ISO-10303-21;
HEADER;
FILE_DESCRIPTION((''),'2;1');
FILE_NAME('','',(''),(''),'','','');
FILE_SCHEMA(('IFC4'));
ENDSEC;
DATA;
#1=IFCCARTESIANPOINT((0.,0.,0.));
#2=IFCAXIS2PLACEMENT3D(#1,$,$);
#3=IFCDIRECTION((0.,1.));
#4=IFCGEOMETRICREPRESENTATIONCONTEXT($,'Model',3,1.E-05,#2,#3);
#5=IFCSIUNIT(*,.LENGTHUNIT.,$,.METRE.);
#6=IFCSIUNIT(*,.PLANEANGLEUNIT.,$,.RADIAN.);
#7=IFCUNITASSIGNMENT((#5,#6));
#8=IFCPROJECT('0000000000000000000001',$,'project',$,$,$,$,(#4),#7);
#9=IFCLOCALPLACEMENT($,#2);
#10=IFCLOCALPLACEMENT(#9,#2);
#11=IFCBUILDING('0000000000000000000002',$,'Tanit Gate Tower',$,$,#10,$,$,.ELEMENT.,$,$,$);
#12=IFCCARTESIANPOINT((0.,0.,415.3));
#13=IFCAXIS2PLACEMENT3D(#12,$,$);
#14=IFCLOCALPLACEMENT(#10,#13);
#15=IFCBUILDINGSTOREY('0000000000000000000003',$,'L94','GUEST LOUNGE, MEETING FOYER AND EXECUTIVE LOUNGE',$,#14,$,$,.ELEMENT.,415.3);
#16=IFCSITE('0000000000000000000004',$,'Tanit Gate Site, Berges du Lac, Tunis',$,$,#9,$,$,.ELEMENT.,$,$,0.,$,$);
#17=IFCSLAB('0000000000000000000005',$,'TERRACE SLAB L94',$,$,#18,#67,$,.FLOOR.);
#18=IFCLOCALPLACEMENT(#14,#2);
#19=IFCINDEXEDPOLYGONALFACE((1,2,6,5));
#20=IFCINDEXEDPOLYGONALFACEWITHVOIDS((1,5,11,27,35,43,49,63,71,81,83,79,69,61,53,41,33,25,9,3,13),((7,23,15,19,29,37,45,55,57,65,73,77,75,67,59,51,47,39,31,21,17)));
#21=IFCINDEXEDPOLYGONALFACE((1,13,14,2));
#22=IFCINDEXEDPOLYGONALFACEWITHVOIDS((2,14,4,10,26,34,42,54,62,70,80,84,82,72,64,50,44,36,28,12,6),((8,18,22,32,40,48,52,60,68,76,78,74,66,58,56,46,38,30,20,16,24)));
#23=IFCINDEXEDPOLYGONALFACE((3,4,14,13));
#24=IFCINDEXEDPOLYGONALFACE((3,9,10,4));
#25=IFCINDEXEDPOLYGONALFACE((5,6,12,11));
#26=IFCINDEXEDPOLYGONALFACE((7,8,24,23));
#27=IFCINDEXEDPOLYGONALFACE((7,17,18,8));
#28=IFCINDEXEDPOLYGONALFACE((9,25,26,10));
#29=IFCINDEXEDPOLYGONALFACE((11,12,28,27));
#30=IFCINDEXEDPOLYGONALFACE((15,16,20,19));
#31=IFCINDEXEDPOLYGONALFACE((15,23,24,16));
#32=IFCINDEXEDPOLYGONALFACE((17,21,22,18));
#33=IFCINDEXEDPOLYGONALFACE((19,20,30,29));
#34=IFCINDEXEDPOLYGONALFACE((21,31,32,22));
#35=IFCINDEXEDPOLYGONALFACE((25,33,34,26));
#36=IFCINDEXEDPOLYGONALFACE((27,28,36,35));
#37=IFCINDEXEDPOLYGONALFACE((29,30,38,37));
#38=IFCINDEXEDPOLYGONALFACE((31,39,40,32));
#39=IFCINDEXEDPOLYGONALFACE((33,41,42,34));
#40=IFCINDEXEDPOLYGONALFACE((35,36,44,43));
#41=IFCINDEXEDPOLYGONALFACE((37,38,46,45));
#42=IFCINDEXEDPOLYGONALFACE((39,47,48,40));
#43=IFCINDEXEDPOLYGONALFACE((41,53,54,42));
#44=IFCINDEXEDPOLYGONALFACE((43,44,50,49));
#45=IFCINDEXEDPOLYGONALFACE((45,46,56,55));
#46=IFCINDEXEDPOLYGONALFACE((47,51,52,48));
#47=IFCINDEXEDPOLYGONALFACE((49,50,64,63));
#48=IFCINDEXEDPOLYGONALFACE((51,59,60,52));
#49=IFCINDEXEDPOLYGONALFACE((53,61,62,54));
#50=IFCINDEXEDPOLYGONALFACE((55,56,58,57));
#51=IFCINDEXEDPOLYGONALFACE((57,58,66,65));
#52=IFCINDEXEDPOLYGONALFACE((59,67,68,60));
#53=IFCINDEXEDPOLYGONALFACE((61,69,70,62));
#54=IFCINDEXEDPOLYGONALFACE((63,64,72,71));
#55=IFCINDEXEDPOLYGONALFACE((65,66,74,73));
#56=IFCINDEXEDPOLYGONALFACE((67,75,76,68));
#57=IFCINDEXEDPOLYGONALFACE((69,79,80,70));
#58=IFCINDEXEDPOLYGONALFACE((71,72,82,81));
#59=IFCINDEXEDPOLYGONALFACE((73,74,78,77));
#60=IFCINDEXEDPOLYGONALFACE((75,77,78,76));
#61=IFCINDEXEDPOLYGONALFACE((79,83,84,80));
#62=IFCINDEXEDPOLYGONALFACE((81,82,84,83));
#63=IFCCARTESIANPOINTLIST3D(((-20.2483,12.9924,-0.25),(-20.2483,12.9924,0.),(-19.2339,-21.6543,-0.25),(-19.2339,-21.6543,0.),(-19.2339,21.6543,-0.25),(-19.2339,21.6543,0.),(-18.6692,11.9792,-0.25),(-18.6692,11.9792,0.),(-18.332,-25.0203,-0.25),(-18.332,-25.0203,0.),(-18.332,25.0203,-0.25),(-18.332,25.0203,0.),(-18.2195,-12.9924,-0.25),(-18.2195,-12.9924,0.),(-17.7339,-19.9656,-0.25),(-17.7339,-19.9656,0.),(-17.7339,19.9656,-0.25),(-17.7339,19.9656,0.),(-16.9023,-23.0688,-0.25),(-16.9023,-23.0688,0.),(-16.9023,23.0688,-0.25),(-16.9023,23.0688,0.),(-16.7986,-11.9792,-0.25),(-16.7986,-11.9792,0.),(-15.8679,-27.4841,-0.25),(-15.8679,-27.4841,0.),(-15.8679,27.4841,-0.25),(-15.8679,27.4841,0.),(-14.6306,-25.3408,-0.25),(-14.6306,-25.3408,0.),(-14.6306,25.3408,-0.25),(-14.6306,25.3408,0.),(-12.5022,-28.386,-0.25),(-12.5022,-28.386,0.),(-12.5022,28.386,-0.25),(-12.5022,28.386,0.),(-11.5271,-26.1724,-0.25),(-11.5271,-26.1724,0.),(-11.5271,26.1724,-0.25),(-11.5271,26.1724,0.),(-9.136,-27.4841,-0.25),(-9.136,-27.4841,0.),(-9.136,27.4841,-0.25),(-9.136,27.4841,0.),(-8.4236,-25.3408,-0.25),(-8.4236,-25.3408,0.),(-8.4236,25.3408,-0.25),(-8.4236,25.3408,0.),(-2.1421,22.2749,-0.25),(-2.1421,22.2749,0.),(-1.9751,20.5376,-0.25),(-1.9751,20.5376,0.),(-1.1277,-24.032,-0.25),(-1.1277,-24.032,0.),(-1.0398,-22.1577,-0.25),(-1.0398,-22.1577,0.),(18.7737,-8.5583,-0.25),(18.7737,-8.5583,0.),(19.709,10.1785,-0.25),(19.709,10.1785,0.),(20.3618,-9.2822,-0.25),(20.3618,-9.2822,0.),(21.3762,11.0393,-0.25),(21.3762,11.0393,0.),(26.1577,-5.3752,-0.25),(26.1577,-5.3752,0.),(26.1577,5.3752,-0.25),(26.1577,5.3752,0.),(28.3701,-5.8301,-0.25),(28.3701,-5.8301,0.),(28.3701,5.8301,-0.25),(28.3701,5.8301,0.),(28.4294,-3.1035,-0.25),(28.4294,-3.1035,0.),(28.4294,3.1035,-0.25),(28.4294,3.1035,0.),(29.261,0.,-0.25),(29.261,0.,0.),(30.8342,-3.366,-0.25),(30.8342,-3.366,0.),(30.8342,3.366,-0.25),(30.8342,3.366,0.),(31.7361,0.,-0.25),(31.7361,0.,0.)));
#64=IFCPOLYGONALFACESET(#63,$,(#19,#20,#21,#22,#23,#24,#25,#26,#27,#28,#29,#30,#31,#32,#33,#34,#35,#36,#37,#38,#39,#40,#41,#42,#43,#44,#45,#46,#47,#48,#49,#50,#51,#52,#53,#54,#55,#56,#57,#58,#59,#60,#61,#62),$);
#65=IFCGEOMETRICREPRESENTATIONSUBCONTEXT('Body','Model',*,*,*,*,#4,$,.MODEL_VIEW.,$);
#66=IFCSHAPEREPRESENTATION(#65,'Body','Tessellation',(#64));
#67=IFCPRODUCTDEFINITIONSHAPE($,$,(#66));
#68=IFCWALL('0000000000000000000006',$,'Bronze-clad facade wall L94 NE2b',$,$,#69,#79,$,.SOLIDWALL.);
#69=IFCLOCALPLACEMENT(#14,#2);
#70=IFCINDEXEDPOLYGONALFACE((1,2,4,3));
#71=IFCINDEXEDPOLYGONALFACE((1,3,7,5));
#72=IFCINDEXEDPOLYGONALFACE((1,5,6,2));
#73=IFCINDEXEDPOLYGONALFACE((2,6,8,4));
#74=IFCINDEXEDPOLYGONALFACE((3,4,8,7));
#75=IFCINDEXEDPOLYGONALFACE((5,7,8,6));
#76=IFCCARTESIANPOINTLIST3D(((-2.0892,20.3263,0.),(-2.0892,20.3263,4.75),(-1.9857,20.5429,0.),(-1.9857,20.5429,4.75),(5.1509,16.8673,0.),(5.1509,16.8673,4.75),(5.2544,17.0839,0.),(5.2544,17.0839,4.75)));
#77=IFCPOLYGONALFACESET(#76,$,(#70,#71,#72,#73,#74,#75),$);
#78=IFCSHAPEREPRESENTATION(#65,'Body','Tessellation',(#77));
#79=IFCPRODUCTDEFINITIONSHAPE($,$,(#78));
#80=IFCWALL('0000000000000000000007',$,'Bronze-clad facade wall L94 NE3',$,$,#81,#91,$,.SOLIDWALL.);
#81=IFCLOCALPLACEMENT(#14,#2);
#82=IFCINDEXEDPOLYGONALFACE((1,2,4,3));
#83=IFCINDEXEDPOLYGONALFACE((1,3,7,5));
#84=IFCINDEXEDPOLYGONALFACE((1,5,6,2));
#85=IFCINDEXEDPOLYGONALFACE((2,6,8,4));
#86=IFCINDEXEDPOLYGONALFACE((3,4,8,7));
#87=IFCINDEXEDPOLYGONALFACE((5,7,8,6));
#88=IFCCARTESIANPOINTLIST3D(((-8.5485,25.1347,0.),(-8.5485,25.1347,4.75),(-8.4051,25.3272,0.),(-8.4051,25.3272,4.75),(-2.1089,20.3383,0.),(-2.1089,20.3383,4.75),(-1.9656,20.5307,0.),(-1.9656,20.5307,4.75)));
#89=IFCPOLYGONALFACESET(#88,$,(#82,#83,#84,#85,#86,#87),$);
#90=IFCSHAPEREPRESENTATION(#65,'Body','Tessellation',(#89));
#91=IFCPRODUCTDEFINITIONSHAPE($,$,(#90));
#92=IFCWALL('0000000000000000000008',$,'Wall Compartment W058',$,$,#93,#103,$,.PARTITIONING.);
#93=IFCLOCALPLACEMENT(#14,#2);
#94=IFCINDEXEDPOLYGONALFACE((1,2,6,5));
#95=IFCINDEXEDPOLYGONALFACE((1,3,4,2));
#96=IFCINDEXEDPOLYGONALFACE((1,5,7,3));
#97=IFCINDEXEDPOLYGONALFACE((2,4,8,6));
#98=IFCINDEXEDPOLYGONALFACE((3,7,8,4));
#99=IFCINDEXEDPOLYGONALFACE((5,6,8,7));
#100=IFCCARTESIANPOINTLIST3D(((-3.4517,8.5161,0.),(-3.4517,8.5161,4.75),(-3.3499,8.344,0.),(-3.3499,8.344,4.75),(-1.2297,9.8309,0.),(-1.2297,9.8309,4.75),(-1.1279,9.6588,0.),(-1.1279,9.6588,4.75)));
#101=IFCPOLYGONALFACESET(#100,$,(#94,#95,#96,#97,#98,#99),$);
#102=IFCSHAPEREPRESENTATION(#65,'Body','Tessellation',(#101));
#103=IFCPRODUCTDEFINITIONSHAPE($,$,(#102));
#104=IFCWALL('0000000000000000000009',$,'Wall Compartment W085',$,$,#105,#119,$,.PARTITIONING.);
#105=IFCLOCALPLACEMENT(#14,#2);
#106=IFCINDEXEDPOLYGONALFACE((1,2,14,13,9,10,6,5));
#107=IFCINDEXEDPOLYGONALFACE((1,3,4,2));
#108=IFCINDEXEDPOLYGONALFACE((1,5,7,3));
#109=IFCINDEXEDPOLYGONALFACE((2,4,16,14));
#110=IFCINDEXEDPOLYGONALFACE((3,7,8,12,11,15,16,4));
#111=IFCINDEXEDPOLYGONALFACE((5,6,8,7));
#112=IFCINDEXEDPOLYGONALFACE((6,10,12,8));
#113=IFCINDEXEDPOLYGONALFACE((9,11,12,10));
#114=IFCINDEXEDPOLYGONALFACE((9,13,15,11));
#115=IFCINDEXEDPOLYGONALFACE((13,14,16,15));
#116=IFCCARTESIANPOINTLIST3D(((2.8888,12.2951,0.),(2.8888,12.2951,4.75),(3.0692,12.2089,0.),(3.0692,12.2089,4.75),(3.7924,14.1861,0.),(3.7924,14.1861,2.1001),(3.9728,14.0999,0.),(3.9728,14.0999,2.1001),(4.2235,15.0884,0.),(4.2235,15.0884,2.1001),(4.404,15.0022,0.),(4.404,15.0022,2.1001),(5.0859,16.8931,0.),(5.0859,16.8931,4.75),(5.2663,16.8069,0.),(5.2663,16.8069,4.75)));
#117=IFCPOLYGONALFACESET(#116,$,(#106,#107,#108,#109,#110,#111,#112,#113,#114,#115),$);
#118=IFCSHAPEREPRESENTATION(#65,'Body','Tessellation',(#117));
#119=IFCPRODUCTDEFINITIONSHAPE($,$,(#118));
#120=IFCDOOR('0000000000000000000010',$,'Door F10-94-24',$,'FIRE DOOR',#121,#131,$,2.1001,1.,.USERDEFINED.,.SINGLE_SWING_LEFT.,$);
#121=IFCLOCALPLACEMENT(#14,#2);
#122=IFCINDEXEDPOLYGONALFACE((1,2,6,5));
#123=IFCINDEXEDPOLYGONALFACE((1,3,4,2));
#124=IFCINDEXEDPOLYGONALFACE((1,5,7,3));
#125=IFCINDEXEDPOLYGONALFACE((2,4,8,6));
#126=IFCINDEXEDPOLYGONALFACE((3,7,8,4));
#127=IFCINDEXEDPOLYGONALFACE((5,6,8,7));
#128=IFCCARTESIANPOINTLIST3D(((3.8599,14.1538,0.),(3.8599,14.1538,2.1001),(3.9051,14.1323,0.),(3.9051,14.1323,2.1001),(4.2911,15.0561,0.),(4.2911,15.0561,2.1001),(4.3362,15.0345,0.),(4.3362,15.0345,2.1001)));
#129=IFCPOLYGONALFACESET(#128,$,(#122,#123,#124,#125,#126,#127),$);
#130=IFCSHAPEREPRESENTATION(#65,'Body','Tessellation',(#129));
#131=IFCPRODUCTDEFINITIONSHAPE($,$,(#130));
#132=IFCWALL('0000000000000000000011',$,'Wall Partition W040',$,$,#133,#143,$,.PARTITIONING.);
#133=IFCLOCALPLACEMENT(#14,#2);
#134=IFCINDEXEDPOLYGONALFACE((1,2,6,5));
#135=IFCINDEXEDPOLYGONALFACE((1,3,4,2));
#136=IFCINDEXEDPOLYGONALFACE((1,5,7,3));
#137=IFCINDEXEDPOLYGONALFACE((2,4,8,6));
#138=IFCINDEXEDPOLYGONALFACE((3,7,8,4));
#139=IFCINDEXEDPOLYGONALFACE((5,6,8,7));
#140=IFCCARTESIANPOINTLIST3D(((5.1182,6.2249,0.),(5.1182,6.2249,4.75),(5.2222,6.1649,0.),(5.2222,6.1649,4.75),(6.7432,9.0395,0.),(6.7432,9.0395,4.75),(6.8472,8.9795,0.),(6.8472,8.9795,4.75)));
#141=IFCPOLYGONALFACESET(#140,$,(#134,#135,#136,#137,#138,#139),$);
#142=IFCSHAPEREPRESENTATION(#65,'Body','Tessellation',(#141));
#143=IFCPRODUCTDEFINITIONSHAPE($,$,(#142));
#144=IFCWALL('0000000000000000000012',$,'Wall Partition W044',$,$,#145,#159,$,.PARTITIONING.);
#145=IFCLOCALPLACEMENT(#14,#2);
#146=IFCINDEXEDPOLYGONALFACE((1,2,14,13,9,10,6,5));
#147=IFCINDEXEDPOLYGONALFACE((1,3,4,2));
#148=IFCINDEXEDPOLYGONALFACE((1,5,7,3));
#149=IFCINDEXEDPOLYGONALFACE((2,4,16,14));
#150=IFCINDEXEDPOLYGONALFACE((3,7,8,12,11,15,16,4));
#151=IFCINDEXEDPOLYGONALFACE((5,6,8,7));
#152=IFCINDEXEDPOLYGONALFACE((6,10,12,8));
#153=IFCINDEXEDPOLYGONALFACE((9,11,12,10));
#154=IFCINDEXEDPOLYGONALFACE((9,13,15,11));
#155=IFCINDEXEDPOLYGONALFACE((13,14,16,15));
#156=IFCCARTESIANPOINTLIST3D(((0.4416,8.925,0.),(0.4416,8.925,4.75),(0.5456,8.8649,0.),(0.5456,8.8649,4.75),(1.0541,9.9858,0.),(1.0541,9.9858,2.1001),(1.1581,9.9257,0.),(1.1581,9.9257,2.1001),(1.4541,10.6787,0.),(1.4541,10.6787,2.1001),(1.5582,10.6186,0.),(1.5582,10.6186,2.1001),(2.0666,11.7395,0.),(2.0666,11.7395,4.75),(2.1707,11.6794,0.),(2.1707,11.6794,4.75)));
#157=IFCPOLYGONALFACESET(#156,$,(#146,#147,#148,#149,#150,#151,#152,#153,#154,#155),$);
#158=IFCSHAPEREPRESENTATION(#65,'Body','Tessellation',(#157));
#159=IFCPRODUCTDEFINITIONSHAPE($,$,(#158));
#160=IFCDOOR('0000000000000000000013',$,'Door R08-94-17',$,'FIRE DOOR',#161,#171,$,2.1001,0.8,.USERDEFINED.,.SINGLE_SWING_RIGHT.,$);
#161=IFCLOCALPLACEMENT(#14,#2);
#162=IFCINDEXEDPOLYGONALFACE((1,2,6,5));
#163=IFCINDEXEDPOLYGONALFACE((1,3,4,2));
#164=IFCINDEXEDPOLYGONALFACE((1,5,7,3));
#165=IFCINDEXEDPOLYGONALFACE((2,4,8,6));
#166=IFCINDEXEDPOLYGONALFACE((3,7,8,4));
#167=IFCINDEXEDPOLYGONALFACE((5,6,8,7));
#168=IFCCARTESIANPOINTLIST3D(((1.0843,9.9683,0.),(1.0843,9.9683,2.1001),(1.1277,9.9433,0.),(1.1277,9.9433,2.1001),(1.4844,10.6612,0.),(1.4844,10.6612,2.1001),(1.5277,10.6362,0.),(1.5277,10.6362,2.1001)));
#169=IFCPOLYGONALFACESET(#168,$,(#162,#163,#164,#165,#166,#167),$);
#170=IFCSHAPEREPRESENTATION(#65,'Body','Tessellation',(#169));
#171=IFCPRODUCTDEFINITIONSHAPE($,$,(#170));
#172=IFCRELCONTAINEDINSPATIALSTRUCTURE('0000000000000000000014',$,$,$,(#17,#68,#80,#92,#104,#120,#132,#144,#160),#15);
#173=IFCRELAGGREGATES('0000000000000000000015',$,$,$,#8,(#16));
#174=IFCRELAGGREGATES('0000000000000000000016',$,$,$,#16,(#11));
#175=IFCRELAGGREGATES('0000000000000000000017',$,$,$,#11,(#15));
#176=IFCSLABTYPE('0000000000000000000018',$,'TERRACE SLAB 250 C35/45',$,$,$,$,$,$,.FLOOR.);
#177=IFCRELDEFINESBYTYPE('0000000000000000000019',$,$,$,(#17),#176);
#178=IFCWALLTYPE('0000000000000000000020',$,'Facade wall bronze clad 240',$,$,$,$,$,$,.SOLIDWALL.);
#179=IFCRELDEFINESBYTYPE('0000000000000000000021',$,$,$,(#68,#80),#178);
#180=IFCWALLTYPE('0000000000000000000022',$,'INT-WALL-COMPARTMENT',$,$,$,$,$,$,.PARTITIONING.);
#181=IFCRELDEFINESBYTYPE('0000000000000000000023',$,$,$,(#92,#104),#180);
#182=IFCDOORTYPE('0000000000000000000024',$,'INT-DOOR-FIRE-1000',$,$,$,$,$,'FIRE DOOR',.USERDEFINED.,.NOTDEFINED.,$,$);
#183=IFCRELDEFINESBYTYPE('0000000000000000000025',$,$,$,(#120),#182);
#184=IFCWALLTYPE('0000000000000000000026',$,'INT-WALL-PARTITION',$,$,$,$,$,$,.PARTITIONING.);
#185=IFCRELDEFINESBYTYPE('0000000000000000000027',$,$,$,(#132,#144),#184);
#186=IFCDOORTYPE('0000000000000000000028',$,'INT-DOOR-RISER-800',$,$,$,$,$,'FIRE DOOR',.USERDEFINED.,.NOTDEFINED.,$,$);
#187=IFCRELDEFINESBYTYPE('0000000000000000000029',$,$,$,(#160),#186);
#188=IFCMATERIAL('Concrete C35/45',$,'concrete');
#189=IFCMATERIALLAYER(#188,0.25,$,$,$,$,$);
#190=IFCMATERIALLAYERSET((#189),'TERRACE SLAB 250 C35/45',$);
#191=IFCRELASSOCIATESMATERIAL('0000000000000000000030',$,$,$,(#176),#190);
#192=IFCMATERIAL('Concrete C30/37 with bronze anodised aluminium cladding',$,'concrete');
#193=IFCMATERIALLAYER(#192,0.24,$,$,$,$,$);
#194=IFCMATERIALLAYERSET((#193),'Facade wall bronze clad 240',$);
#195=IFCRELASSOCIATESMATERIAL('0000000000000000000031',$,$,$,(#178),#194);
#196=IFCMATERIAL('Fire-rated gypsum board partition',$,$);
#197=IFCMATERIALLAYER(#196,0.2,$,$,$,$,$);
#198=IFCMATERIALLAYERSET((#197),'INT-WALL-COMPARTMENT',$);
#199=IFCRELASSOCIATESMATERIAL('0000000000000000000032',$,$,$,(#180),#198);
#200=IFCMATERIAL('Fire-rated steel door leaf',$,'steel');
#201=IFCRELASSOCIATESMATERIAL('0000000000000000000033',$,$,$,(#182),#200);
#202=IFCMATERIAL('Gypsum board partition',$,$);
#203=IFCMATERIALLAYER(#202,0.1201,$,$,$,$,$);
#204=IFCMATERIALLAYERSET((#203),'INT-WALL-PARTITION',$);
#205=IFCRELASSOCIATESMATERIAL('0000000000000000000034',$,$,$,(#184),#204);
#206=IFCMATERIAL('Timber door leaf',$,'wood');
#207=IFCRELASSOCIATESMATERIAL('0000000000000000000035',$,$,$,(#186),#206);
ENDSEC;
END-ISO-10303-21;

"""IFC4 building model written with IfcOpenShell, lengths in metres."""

from ifc_helpers import new_model, si_unit, direction, frame, frame_2d, origin, place, context, subcontext, project, spatial, polyline, rectangle, outline, extrude, material, layer, layer_set, type_object, element, fill, save


model = new_model("IFC4")

# Units and contexts
model_context = context("Model", 3, precision=1e-05, world=origin(), true_north=direction((0.0, 1.0)))
body_context = subcontext(model_context, "Body", "Model", "MODEL_VIEW")
ifc_project = project(units=[si_unit("LENGTHUNIT", "METRE"), si_unit("PLANEANGLEUNIT", "RADIAN")], contexts=[model_context])

# Site, building, storey
site_placement = place(None, origin())
site = spatial("IfcSite", under=ifc_project, at=site_placement, Name="Tanit Gate Site, Berges du Lac, Tunis", CompositionType="ELEMENT", RefElevation=0.0)
building_placement = place(site_placement, origin())
building = spatial("IfcBuilding", under=site, at=building_placement, Name="Tanit Gate Tower", CompositionType="ELEMENT")
storey_placement = place(building_placement, frame((0.0, 0.0, 415.3)))
storey = spatial("IfcBuildingStorey", under=building, at=storey_placement, Name="L94", Description="GUEST LOUNGE, MEETING FOYER AND EXECUTIVE LOUNGE", CompositionType="ELEMENT", Elevation=415.3)

# Slab
ifc_material_1 = material(Name="Concrete C35/45", Category="concrete")
ifc_layer_1 = layer(ifc_material_1, 0.25)
ifc_layer_set_1 = layer_set([ifc_layer_1], Name="TERRACE SLAB 250 C35/45")
slab_type_1 = type_object("IfcSlabType", Name="TERRACE SLAB 250 C35/45", PredefinedType="FLOOR", material=ifc_layer_set_1)
slab_1_placement = place(storey_placement, frame((0.0, 0.0, -0.25)))
element("IfcSlab", 1, at=slab_1_placement, inside=storey, type_object=slab_type_1, Name="TERRACE SLAB L94", PredefinedType="FLOOR", context=body_context, shape_type="SweptSolid", body=[
    extrude(outline(polyline([(30.8342, 3.366), (31.7361, 0.0), (30.8342, -3.366), (28.3701, -5.8301), (20.3618, -9.2822), (-1.1277, -24.032), (-9.136, -27.4841), (-12.5022, -28.386), (-15.8679, -27.4841), (-18.332, -25.0203), (-19.2339, -21.6543), (-18.2195, -12.9924), (-20.2483, 12.9924), (-19.2339, 21.6543), (-18.332, 25.0203), (-15.8679, 27.4841), (-12.5022, 28.386), (-9.136, 27.4841), (-2.1421, 22.2749), (21.3762, 11.0393), (28.3701, 5.8301), (30.8342, 3.366)]), holes=[polyline([(19.709, 10.1785), (-1.9751, 20.5376), (-8.4236, 25.3408), (-11.5271, 26.1724), (-14.6306, 25.3408), (-16.9023, 23.0688), (-17.7339, 19.9656), (-18.6692, 11.9792), (-16.7986, -11.9792), (-17.7339, -19.9656), (-16.9023, -23.0688), (-14.6306, -25.3408), (-11.5271, -26.1724), (-8.4236, -25.3408), (-1.0398, -22.1577), (18.7737, -8.5583), (26.1577, -5.3752), (28.4294, -3.1035), (29.261, 0.0), (28.4294, 3.1035), (26.1577, 5.3752), (19.709, 10.1785)])]), origin(), (0.0, 0.0, 1.0), 0.25),
])

# Walls
ifc_material_2 = material(Name="Concrete C30/37 with bronze anodised aluminium cladding", Category="concrete")
ifc_layer_2 = layer(ifc_material_2, 0.24)
ifc_layer_set_2 = layer_set([ifc_layer_2], Name="Facade wall bronze clad 240")
wall_type_1 = type_object("IfcWallType", Name="Facade wall bronze clad 240", PredefinedType="SOLIDWALL", material=ifc_layer_set_2)
wall_1_placement = place(storey_placement, frame((5.2026, 16.9756, 0.0), z_axis=(0.0, 0.0, 1.0), x_axis=(-0.90231, 0.431088, 0.0)))
element("IfcWall", 2, at=wall_1_placement, inside=storey, type_object=wall_type_1, Name="Bronze-clad facade wall L94 NE2b", PredefinedType="SOLIDWALL", context=body_context, shape_type="SweptSolid", body=[
    extrude(rectangle(XDim=8.0239, YDim=0.24, at=frame_2d((4.012, 0.0))), origin(), (0.0, 0.0, 1.0), 4.75),
])
wall_2_placement = place(storey_placement, frame((-2.0374, 20.4346, 0.0), z_axis=(0.0, 0.0, 1.0), x_axis=(-0.801981, 0.59735, 0.0)))
element("IfcWall", 3, at=wall_2_placement, inside=storey, type_object=wall_type_1, Name="Bronze-clad facade wall L94 NE3", PredefinedType="SOLIDWALL", context=body_context, shape_type="SweptSolid", body=[
    extrude(rectangle(XDim=8.0295, YDim=0.24, at=frame_2d((4.0146, 0.0))), origin(), (0.0, 0.0, 1.0), 4.75),
])
ifc_material_3 = material(Name="Fire-rated gypsum board partition")
ifc_layer_3 = layer(ifc_material_3, 0.2)
ifc_layer_set_3 = layer_set([ifc_layer_3], Name="INT-WALL-COMPARTMENT")
wall_type_2 = type_object("IfcWallType", Name="INT-WALL-COMPARTMENT", PredefinedType="PARTITIONING", material=ifc_layer_set_3)
wall_3_placement = place(storey_placement, frame((-1.1787, 9.7449, 0.0), z_axis=(0.0, 0.0, 1.0), x_axis=(-0.860631, -0.509229, 0.0)))
element("IfcWall", 4, at=wall_3_placement, inside=storey, type_object=wall_type_2, Name="Wall Compartment W058", PredefinedType="PARTITIONING", context=body_context, shape_type="SweptSolid", body=[
    extrude(rectangle(XDim=2.5818, YDim=0.2, at=frame_2d((1.291, 0.0))), origin(), (0.0, 0.0, 1.0), 4.75),
])

# Wall, opening, door
wall_4_placement = place(storey_placement, frame((5.176, 16.8499, 0.0), z_axis=(0.0, 0.0, 1.0), x_axis=(-0.43114, -0.902285, 0.0)))
wall_4 = element("IfcWall", 5, at=wall_4_placement, inside=storey, type_object=wall_type_2, Name="Wall Compartment W085", PredefinedType="PARTITIONING", context=body_context, shape_type="SweptSolid", body=[
    extrude(rectangle(XDim=5.0959, YDim=0.2, at=frame_2d((2.5479, 0.0))), origin(), (0.0, 0.0, 1.0), 4.75),
])
opening_1_placement = place(wall_4_placement, frame((2.0, 0.0, 0.0)))
opening_1 = element("IfcOpeningElement", 6, at=opening_1_placement, cuts=wall_4, PredefinedType="OPENING", context=body_context, shape_type="SweptSolid", body=[
    extrude(rectangle(XDim=1.0, YDim=2.1001, at=frame_2d((0.5, 1.05))), frame((0.0, 0.1099, 0.0), z_axis=(0.0, -1.0, 0.0), x_axis=(1.0, 0.0, 0.0)), (0.0, 0.0, 1.0), 0.22),
])
ifc_material_4 = material(Name="Fire-rated steel door leaf", Category="steel")
door_type_1 = type_object("IfcDoorType", Name="INT-DOOR-FIRE-1000", ElementType="FIRE DOOR", OperationType="NOTDEFINED", PredefinedType="USERDEFINED", material=ifc_material_4)
door_1_placement = place(opening_1_placement, origin())
door_1 = element("IfcDoor", 7, at=door_1_placement, inside=storey, type_object=door_type_1, Name="Door F10-94-24", ObjectType="FIRE DOOR", OperationType="SINGLE_SWING_LEFT", OverallHeight=2.1001, OverallWidth=1.0, PredefinedType="USERDEFINED", context=body_context, shape_type="SweptSolid", body=[
    extrude(rectangle(XDim=1.0, YDim=2.1001, at=frame_2d((0.5, 1.05))), frame((0.0, 0.0249, 0.0), z_axis=(0.0, -1.0, 0.0), x_axis=(1.0, 0.0, 0.0)), (0.0, 0.0, 1.0), 0.05),
])
fill(opening_1, door_1)

# Wall
ifc_material_5 = material(Name="Gypsum board partition")
ifc_layer_4 = layer(ifc_material_5, 0.1201)
ifc_layer_set_4 = layer_set([ifc_layer_4], Name="INT-WALL-PARTITION")
wall_type_3 = type_object("IfcWallType", Name="INT-WALL-PARTITION", PredefinedType="PARTITIONING", material=ifc_layer_set_4)
wall_5_placement = place(storey_placement, frame((6.7952, 9.0095, 0.0), z_axis=(0.0, 0.0, 1.0), x_axis=(-0.499985, -0.866034, 0.0)))
element("IfcWall", 8, at=wall_5_placement, inside=storey, type_object=wall_type_3, Name="Wall Partition W040", PredefinedType="PARTITIONING", context=body_context, shape_type="SweptSolid", body=[
    extrude(rectangle(XDim=3.25, YDim=0.1201, at=frame_2d((1.625, 0.0))), origin(), (0.0, 0.0, 1.0), 4.75),
])

# Wall, opening, door
wall_6_placement = place(storey_placement, frame((2.1187, 11.7095, 0.0), z_axis=(0.0, 0.0, 1.0), x_axis=(-0.500017, -0.866015, 0.0)))
wall_6 = element("IfcWall", 9, at=wall_6_placement, inside=storey, type_object=wall_type_3, Name="Wall Partition W044", PredefinedType="PARTITIONING", context=body_context, shape_type="SweptSolid", body=[
    extrude(rectangle(XDim=3.25, YDim=0.1201, at=frame_2d((1.625, 0.0))), origin(), (0.0, 0.0, 1.0), 4.75),
])
opening_2_placement = place(wall_6_placement, frame((1.2251, 0.0, 0.0)))
opening_2 = element("IfcOpeningElement", 10, at=opening_2_placement, cuts=wall_6, PredefinedType="OPENING", context=body_context, shape_type="SweptSolid", body=[
    extrude(rectangle(XDim=0.8, YDim=2.1001, at=frame_2d((0.3999, 1.05))), frame((0.0, 0.0701, 0.0), z_axis=(0.0, -1.0, 0.0), x_axis=(1.0, 0.0, 0.0)), (0.0, 0.0, 1.0), 0.1401),
])
ifc_material_6 = material(Name="Timber door leaf", Category="wood")
door_type_2 = type_object("IfcDoorType", Name="INT-DOOR-RISER-800", ElementType="FIRE DOOR", OperationType="NOTDEFINED", PredefinedType="USERDEFINED", material=ifc_material_6)
door_2_placement = place(opening_2_placement, origin())
door_2 = element("IfcDoor", 11, at=door_2_placement, inside=storey, type_object=door_type_2, Name="Door R08-94-17", ObjectType="FIRE DOOR", OperationType="SINGLE_SWING_RIGHT", OverallHeight=2.1001, OverallWidth=0.8, PredefinedType="USERDEFINED", context=body_context, shape_type="SweptSolid", body=[
    extrude(rectangle(XDim=0.8, YDim=2.1001, at=frame_2d((0.3999, 1.05))), frame((0.0, 0.0249, 0.0), z_axis=(0.0, -1.0, 0.0), x_axis=(1.0, 0.0, 0.0)), (0.0, 0.0, 1.0), 0.05),
])
fill(opening_2, door_2)

save(model, "model.ifc")
